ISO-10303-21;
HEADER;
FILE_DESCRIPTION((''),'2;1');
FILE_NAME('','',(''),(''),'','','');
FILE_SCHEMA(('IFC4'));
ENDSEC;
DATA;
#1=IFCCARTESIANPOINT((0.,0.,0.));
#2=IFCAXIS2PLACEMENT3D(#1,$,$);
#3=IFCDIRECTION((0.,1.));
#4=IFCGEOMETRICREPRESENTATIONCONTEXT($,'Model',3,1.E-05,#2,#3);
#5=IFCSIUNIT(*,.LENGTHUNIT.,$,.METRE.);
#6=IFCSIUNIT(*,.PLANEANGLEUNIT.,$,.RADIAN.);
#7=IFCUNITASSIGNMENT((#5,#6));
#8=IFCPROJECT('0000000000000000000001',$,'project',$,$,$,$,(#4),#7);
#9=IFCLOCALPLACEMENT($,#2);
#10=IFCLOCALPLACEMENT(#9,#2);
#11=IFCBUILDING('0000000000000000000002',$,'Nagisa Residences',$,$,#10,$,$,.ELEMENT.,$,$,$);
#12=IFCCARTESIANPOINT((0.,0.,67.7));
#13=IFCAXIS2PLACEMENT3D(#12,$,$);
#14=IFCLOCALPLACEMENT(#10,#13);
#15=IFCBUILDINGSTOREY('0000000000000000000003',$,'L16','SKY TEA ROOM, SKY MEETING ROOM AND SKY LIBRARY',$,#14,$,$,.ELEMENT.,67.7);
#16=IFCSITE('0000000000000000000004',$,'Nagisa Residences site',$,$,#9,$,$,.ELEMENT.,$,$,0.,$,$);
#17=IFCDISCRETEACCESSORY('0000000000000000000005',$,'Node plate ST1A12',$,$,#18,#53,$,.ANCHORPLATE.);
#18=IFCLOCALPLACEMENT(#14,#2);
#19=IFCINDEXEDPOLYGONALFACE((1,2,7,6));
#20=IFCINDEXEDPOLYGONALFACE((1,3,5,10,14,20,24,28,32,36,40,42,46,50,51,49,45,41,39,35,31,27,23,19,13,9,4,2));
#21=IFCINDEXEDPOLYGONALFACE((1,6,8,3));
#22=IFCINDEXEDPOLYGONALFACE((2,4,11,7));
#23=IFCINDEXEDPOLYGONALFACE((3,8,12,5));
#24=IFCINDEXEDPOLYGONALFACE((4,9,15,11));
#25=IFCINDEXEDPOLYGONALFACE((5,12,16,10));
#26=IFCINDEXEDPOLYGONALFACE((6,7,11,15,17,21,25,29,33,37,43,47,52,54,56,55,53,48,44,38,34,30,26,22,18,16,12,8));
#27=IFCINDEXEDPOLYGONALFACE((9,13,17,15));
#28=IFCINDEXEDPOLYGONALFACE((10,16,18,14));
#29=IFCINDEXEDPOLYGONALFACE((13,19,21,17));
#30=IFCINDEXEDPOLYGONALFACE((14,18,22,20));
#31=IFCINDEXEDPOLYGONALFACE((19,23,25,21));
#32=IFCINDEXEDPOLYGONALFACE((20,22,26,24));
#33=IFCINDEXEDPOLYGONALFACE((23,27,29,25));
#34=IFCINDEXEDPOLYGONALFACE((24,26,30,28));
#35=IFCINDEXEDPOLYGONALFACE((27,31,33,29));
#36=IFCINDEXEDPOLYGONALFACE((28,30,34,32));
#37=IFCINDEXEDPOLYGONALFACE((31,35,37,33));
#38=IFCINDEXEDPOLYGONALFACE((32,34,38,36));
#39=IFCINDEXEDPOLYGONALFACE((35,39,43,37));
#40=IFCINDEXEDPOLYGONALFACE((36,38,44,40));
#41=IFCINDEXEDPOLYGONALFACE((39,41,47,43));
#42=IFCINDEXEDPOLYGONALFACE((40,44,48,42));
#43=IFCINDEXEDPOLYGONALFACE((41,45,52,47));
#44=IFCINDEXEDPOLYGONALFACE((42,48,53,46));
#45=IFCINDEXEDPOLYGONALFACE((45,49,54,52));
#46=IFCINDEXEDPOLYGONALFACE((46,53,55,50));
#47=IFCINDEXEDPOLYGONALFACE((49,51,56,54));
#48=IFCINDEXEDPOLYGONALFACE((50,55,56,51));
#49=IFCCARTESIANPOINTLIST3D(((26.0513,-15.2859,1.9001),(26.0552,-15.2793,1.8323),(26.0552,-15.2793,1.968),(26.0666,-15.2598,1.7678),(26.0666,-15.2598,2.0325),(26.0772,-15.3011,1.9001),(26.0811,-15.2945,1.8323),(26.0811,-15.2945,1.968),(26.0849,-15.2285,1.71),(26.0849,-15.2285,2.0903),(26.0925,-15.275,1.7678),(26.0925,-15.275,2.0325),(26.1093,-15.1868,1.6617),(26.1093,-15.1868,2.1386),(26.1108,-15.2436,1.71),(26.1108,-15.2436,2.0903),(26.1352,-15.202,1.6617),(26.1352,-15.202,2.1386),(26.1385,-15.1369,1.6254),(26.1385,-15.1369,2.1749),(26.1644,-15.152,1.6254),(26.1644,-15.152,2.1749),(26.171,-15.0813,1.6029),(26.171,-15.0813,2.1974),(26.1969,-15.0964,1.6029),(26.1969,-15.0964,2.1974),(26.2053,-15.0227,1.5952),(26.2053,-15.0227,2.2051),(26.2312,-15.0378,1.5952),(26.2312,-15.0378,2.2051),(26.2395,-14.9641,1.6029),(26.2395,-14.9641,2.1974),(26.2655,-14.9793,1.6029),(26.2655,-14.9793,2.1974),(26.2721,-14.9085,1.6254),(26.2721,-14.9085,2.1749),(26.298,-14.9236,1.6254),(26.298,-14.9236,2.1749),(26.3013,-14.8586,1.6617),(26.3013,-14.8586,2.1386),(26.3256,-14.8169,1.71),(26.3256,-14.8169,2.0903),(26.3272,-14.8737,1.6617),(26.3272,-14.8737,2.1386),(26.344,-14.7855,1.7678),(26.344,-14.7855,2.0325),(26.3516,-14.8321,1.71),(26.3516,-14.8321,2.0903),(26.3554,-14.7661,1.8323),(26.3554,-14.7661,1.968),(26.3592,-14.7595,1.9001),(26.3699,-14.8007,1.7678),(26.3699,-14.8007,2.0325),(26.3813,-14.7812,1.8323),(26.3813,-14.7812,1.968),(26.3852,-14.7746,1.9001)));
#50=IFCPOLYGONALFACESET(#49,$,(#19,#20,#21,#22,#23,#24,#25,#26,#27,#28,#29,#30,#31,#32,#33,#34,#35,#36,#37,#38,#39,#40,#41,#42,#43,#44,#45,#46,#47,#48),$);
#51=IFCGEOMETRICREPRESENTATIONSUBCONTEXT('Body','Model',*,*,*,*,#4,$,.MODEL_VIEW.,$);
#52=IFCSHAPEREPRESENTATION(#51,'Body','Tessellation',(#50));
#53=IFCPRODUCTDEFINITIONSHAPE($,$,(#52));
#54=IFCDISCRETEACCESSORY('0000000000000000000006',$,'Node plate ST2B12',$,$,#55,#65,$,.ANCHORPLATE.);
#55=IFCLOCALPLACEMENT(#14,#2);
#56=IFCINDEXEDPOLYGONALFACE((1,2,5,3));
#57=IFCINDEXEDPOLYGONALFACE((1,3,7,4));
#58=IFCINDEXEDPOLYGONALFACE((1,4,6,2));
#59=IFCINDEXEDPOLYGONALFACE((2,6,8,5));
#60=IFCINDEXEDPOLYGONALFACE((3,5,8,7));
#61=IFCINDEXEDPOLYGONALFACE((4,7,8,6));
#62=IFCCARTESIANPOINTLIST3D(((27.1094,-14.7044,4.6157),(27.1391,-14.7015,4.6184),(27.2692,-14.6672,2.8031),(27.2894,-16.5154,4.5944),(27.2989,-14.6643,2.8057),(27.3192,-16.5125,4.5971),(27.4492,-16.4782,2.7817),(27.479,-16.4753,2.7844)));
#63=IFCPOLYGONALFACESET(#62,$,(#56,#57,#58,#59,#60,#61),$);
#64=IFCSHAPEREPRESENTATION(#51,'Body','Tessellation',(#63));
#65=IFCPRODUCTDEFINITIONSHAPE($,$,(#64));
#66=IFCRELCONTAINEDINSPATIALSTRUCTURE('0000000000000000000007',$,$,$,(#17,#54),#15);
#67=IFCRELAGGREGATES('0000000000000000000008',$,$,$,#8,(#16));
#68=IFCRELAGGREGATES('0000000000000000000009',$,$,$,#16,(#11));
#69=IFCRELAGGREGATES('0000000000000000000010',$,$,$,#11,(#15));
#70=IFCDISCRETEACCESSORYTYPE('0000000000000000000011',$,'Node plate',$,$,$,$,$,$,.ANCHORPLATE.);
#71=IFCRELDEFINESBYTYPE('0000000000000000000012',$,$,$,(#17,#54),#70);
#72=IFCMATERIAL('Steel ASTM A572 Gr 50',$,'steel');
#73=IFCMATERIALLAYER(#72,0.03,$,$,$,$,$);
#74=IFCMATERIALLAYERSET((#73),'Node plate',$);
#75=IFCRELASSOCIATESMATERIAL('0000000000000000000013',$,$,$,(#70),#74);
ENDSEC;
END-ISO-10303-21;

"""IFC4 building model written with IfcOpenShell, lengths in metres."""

from ifc_helpers import new_model, si_unit, direction, frame, origin, origin_2d, place, context, subcontext, project, spatial, rectangle, circle, extrude, material, layer, layer_set, type_object, element, save


model = new_model("IFC4")

# Units and contexts
model_context = context("Model", 3, precision=1e-05, world=origin(), true_north=direction((0.0, 1.0)))
body_context = subcontext(model_context, "Body", "Model", "MODEL_VIEW")
ifc_project = project(units=[si_unit("LENGTHUNIT", "METRE"), si_unit("PLANEANGLEUNIT", "RADIAN")], contexts=[model_context])

# Site, building, storey
site_placement = place(None, origin())
site = spatial("IfcSite", under=ifc_project, at=site_placement, Name="Nagisa Residences site", CompositionType="ELEMENT", RefElevation=0.0)
building_placement = place(site_placement, origin())
building = spatial("IfcBuilding", under=site, at=building_placement, Name="Nagisa Residences", CompositionType="ELEMENT")
storey_placement = place(building_placement, frame((0.0, 0.0, 67.7)))
storey = spatial("IfcBuildingStorey", under=building, at=storey_placement, Name="L16", Description="SKY TEA ROOM, SKY MEETING ROOM AND SKY LIBRARY", CompositionType="ELEMENT", Elevation=67.7)

# Discrete accessories
ifc_material_1 = material(Name="Steel ASTM A572 Gr 50", Category="steel")
ifc_layer_1 = layer(ifc_material_1, 0.03)
ifc_layer_set_1 = layer_set([ifc_layer_1], Name="Node plate")
discrete_accessory_type_1 = type_object("IfcDiscreteAccessoryType", Name="Node plate", PredefinedType="ANCHORPLATE", material=ifc_layer_set_1)
discrete_accessory_1_placement = place(storey_placement, frame((26.2312, -15.0378, 1.9001), z_axis=(-0.863188, 0.504883, 0.0), x_axis=(-0.504883, -0.863188, 0.0)))
element("IfcDiscreteAccessory", 1, at=discrete_accessory_1_placement, inside=storey, type_object=discrete_accessory_type_1, Name="Node plate ST1A12", PredefinedType="ANCHORPLATE", context=body_context, shape_type="SweptSolid", body=[
    extrude(circle(Radius=0.3049, at=origin_2d()), origin(), (0.0, 0.0, 1.0), 0.03),
])
discrete_accessory_2_placement = place(storey_placement, frame((27.2793, -15.5913, 3.6987), z_axis=(0.991215, 0.097497, 0.089372), x_axis=(-0.098927, 0.995026, 0.011704)))
element("IfcDiscreteAccessory", 2, at=discrete_accessory_2_placement, inside=storey, type_object=discrete_accessory_type_1, Name="Node plate ST2B12", PredefinedType="ANCHORPLATE", context=body_context, shape_type="SweptSolid", body=[
    extrude(rectangle(XDim=1.8201, YDim=1.8201, at=origin_2d()), origin(), (0.0, 0.0, 1.0), 0.03),
])

save(model, "model.ifc")
